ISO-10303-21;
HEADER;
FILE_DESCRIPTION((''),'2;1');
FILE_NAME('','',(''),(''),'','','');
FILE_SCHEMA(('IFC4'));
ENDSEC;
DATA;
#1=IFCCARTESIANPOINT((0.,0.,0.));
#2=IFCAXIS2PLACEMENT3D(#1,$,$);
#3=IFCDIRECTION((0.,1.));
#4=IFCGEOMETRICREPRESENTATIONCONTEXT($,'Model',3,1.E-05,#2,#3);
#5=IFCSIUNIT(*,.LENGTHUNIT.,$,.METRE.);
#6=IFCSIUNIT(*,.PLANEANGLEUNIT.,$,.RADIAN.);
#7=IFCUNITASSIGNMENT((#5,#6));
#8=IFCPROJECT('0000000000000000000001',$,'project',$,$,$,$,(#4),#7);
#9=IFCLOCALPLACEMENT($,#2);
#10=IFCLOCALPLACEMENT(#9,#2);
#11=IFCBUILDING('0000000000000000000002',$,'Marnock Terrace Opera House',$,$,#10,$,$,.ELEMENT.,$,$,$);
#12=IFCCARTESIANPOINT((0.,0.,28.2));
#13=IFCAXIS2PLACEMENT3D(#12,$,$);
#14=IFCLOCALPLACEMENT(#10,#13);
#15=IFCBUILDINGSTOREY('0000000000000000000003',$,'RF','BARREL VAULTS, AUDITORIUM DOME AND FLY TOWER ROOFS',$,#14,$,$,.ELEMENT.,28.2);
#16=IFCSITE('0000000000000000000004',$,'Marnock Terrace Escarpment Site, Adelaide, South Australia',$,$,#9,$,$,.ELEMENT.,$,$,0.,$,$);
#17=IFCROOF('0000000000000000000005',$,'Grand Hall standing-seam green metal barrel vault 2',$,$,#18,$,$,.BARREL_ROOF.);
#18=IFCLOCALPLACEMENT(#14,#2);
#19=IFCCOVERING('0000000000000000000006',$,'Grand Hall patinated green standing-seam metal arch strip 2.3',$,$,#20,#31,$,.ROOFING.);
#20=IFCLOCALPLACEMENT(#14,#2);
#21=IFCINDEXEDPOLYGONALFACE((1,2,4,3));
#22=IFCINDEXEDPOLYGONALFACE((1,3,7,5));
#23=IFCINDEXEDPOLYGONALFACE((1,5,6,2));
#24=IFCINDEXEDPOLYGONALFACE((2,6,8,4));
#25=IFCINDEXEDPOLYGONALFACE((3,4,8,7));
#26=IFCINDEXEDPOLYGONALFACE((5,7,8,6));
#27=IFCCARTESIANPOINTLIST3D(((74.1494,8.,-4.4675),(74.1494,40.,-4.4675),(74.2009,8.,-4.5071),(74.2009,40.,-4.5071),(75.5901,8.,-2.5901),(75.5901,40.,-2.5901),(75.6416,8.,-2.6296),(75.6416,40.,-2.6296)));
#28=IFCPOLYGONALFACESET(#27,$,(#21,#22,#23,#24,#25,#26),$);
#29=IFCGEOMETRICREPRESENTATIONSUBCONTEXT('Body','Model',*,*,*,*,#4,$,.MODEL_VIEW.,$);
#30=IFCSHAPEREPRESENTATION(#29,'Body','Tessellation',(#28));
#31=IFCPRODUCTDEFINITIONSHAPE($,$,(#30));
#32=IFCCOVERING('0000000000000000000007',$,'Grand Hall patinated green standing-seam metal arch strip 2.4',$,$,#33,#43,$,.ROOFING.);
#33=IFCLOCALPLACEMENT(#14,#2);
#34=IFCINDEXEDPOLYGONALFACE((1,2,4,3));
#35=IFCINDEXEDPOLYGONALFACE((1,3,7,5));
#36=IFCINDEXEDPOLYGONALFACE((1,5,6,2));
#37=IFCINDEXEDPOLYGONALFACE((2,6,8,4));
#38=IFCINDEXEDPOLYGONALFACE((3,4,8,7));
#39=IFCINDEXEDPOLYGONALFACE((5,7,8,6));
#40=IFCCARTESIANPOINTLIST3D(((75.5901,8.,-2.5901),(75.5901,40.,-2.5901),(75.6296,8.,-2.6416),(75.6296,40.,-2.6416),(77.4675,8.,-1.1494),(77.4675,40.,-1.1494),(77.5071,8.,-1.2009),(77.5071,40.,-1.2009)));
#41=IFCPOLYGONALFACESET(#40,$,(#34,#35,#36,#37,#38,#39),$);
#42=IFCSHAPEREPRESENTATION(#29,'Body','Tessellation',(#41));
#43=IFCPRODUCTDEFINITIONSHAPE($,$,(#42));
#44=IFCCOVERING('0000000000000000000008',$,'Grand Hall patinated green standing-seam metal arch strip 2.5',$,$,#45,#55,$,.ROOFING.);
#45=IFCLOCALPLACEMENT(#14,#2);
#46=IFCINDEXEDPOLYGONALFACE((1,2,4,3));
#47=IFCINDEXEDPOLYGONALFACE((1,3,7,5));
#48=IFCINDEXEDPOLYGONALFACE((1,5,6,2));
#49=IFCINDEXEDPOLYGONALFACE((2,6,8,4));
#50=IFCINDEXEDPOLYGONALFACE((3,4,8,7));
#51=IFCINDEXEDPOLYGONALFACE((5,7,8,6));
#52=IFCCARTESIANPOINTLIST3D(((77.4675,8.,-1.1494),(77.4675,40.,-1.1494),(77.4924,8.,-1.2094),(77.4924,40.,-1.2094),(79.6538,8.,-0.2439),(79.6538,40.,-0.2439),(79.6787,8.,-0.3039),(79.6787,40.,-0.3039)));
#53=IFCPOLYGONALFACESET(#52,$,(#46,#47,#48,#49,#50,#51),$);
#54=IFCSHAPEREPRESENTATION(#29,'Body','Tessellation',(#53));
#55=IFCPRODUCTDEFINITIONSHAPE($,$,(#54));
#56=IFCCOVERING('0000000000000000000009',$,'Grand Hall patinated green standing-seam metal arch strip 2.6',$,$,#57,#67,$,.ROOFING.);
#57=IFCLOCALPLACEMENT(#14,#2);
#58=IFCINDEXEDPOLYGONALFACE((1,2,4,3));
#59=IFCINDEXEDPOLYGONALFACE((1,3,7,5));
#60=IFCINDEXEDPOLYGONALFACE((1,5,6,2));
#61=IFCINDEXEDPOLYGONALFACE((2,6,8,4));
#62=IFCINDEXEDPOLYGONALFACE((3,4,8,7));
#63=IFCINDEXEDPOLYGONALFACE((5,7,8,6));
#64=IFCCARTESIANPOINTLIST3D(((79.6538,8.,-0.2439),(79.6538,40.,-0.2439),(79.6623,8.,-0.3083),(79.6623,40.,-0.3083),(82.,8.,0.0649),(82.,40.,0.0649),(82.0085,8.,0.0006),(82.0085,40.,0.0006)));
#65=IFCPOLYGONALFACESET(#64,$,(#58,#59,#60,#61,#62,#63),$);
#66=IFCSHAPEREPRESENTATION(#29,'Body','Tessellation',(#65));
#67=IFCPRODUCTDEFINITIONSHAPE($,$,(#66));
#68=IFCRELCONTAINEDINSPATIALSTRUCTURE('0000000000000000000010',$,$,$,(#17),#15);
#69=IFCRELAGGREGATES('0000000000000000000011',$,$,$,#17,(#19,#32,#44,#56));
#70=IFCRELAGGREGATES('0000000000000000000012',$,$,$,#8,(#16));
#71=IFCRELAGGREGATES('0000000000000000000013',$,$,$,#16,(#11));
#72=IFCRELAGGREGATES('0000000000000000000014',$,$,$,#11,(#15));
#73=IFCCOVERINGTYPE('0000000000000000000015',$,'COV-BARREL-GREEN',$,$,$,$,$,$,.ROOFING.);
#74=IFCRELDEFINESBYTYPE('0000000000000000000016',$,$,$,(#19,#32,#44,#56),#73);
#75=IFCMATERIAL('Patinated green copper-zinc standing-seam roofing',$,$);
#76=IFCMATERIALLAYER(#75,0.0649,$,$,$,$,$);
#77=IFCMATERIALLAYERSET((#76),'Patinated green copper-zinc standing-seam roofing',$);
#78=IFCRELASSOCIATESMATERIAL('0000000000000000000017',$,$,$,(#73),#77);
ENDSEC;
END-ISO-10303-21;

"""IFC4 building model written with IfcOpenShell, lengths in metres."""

from ifc_helpers import new_model, si_unit, direction, frame, origin, place, context, subcontext, project, spatial, polyline, outline, extrude, material, layer, layer_set, type_object, element, aggregate, save


model = new_model("IFC4")

# Units and contexts
model_context = context("Model", 3, precision=1e-05, world=origin(), true_north=direction((0.0, 1.0)))
body_context = subcontext(model_context, "Body", "Model", "MODEL_VIEW")
ifc_project = project(units=[si_unit("LENGTHUNIT", "METRE"), si_unit("PLANEANGLEUNIT", "RADIAN")], contexts=[model_context])

# Site, building, storey
site_placement = place(None, origin())
site = spatial("IfcSite", under=ifc_project, at=site_placement, Name="Marnock Terrace Escarpment Site, Adelaide, South Australia", CompositionType="ELEMENT", RefElevation=0.0)
building_placement = place(site_placement, origin())
building = spatial("IfcBuilding", under=site, at=building_placement, Name="Marnock Terrace Opera House", CompositionType="ELEMENT")
storey_placement = place(building_placement, frame((0.0, 0.0, 28.2)))
storey = spatial("IfcBuildingStorey", under=building, at=storey_placement, Name="RF", Description="BARREL VAULTS, AUDITORIUM DOME AND FLY TOWER ROOFS", CompositionType="ELEMENT", Elevation=28.2)

# Roof, coverings
ifc_material_1 = material(Name="Patinated green copper-zinc standing-seam roofing")
ifc_layer_1 = layer(ifc_material_1, 0.0649)
ifc_layer_set_1 = layer_set([ifc_layer_1], Name="Patinated green copper-zinc standing-seam roofing")
covering_type = type_object("IfcCoveringType", Name="COV-BARREL-GREEN", PredefinedType="ROOFING", material=ifc_layer_set_1)
roof_1_placement = place(storey_placement, origin())
roof_1 = element("IfcRoof", 1, at=roof_1_placement, inside=storey, Name="Grand Hall standing-seam green metal barrel vault 2", PredefinedType="BARREL_ROOF")
covering_1_placement = place(storey_placement, frame((74.1494, 8.0, -4.4675), z_axis=(-0.793341, 0.0, 0.608778), x_axis=(0.608778, 0.0, 0.793341)))
covering_1 = element("IfcCovering", 2, at=covering_1_placement, type_object=covering_type, Name="Grand Hall patinated green standing-seam metal arch strip 2.3", PredefinedType="ROOFING", context=body_context, shape_type="SweptSolid", body=[
    extrude(outline(polyline([(0.0, 0.0), (2.3665, 0.0), (2.3665, 32.0), (0.0, 32.0), (0.0, 0.0)])), origin(), (0.0, 0.0, -1.0), 0.0649),
])
covering_2_placement = place(storey_placement, frame((75.5901, 8.0, -2.5901), z_axis=(-0.608778, 0.0, 0.793341), x_axis=(0.793341, 0.0, 0.608778)))
covering_2 = element("IfcCovering", 3, at=covering_2_placement, type_object=covering_type, Name="Grand Hall patinated green standing-seam metal arch strip 2.4", PredefinedType="ROOFING", context=body_context, shape_type="SweptSolid", body=[
    extrude(outline(polyline([(0.0, 0.0), (2.3665, 0.0), (2.3665, 32.0), (0.0, 32.0), (0.0, 0.0)])), origin(), (0.0, 0.0, -1.0), 0.0649),
])
covering_3_placement = place(storey_placement, frame((77.4675, 8.0, -1.1494), z_axis=(-0.382659, 0.0, 0.92389), x_axis=(0.92389, 0.0, 0.382659)))
covering_3 = element("IfcCovering", 4, at=covering_3_placement, type_object=covering_type, Name="Grand Hall patinated green standing-seam metal arch strip 2.5", PredefinedType="ROOFING", context=body_context, shape_type="SweptSolid", body=[
    extrude(outline(polyline([(0.0, 0.0), (2.3664, 0.0), (2.3664, 32.0), (0.0, 32.0), (0.0, 0.0)])), origin(), (0.0, 0.0, -1.0), 0.0649),
])
covering_4_placement = place(storey_placement, frame((79.6538, 8.0, -0.2439), z_axis=(-0.130508, 0.0, 0.991447), x_axis=(0.991447, 0.0, 0.130508)))
covering_4 = element("IfcCovering", 5, at=covering_4_placement, type_object=covering_type, Name="Grand Hall patinated green standing-seam metal arch strip 2.6", PredefinedType="ROOFING", context=body_context, shape_type="SweptSolid", body=[
    extrude(outline(polyline([(0.0, 0.0), (2.3664, 0.0), (2.3664, 32.0), (0.0, 32.0), (0.0, 0.0)])), origin(), (0.0, 0.0, -1.0), 0.0649),
])
aggregate(roof_1, [covering_1, covering_2, covering_3, covering_4])

save(model, "model.ifc")
